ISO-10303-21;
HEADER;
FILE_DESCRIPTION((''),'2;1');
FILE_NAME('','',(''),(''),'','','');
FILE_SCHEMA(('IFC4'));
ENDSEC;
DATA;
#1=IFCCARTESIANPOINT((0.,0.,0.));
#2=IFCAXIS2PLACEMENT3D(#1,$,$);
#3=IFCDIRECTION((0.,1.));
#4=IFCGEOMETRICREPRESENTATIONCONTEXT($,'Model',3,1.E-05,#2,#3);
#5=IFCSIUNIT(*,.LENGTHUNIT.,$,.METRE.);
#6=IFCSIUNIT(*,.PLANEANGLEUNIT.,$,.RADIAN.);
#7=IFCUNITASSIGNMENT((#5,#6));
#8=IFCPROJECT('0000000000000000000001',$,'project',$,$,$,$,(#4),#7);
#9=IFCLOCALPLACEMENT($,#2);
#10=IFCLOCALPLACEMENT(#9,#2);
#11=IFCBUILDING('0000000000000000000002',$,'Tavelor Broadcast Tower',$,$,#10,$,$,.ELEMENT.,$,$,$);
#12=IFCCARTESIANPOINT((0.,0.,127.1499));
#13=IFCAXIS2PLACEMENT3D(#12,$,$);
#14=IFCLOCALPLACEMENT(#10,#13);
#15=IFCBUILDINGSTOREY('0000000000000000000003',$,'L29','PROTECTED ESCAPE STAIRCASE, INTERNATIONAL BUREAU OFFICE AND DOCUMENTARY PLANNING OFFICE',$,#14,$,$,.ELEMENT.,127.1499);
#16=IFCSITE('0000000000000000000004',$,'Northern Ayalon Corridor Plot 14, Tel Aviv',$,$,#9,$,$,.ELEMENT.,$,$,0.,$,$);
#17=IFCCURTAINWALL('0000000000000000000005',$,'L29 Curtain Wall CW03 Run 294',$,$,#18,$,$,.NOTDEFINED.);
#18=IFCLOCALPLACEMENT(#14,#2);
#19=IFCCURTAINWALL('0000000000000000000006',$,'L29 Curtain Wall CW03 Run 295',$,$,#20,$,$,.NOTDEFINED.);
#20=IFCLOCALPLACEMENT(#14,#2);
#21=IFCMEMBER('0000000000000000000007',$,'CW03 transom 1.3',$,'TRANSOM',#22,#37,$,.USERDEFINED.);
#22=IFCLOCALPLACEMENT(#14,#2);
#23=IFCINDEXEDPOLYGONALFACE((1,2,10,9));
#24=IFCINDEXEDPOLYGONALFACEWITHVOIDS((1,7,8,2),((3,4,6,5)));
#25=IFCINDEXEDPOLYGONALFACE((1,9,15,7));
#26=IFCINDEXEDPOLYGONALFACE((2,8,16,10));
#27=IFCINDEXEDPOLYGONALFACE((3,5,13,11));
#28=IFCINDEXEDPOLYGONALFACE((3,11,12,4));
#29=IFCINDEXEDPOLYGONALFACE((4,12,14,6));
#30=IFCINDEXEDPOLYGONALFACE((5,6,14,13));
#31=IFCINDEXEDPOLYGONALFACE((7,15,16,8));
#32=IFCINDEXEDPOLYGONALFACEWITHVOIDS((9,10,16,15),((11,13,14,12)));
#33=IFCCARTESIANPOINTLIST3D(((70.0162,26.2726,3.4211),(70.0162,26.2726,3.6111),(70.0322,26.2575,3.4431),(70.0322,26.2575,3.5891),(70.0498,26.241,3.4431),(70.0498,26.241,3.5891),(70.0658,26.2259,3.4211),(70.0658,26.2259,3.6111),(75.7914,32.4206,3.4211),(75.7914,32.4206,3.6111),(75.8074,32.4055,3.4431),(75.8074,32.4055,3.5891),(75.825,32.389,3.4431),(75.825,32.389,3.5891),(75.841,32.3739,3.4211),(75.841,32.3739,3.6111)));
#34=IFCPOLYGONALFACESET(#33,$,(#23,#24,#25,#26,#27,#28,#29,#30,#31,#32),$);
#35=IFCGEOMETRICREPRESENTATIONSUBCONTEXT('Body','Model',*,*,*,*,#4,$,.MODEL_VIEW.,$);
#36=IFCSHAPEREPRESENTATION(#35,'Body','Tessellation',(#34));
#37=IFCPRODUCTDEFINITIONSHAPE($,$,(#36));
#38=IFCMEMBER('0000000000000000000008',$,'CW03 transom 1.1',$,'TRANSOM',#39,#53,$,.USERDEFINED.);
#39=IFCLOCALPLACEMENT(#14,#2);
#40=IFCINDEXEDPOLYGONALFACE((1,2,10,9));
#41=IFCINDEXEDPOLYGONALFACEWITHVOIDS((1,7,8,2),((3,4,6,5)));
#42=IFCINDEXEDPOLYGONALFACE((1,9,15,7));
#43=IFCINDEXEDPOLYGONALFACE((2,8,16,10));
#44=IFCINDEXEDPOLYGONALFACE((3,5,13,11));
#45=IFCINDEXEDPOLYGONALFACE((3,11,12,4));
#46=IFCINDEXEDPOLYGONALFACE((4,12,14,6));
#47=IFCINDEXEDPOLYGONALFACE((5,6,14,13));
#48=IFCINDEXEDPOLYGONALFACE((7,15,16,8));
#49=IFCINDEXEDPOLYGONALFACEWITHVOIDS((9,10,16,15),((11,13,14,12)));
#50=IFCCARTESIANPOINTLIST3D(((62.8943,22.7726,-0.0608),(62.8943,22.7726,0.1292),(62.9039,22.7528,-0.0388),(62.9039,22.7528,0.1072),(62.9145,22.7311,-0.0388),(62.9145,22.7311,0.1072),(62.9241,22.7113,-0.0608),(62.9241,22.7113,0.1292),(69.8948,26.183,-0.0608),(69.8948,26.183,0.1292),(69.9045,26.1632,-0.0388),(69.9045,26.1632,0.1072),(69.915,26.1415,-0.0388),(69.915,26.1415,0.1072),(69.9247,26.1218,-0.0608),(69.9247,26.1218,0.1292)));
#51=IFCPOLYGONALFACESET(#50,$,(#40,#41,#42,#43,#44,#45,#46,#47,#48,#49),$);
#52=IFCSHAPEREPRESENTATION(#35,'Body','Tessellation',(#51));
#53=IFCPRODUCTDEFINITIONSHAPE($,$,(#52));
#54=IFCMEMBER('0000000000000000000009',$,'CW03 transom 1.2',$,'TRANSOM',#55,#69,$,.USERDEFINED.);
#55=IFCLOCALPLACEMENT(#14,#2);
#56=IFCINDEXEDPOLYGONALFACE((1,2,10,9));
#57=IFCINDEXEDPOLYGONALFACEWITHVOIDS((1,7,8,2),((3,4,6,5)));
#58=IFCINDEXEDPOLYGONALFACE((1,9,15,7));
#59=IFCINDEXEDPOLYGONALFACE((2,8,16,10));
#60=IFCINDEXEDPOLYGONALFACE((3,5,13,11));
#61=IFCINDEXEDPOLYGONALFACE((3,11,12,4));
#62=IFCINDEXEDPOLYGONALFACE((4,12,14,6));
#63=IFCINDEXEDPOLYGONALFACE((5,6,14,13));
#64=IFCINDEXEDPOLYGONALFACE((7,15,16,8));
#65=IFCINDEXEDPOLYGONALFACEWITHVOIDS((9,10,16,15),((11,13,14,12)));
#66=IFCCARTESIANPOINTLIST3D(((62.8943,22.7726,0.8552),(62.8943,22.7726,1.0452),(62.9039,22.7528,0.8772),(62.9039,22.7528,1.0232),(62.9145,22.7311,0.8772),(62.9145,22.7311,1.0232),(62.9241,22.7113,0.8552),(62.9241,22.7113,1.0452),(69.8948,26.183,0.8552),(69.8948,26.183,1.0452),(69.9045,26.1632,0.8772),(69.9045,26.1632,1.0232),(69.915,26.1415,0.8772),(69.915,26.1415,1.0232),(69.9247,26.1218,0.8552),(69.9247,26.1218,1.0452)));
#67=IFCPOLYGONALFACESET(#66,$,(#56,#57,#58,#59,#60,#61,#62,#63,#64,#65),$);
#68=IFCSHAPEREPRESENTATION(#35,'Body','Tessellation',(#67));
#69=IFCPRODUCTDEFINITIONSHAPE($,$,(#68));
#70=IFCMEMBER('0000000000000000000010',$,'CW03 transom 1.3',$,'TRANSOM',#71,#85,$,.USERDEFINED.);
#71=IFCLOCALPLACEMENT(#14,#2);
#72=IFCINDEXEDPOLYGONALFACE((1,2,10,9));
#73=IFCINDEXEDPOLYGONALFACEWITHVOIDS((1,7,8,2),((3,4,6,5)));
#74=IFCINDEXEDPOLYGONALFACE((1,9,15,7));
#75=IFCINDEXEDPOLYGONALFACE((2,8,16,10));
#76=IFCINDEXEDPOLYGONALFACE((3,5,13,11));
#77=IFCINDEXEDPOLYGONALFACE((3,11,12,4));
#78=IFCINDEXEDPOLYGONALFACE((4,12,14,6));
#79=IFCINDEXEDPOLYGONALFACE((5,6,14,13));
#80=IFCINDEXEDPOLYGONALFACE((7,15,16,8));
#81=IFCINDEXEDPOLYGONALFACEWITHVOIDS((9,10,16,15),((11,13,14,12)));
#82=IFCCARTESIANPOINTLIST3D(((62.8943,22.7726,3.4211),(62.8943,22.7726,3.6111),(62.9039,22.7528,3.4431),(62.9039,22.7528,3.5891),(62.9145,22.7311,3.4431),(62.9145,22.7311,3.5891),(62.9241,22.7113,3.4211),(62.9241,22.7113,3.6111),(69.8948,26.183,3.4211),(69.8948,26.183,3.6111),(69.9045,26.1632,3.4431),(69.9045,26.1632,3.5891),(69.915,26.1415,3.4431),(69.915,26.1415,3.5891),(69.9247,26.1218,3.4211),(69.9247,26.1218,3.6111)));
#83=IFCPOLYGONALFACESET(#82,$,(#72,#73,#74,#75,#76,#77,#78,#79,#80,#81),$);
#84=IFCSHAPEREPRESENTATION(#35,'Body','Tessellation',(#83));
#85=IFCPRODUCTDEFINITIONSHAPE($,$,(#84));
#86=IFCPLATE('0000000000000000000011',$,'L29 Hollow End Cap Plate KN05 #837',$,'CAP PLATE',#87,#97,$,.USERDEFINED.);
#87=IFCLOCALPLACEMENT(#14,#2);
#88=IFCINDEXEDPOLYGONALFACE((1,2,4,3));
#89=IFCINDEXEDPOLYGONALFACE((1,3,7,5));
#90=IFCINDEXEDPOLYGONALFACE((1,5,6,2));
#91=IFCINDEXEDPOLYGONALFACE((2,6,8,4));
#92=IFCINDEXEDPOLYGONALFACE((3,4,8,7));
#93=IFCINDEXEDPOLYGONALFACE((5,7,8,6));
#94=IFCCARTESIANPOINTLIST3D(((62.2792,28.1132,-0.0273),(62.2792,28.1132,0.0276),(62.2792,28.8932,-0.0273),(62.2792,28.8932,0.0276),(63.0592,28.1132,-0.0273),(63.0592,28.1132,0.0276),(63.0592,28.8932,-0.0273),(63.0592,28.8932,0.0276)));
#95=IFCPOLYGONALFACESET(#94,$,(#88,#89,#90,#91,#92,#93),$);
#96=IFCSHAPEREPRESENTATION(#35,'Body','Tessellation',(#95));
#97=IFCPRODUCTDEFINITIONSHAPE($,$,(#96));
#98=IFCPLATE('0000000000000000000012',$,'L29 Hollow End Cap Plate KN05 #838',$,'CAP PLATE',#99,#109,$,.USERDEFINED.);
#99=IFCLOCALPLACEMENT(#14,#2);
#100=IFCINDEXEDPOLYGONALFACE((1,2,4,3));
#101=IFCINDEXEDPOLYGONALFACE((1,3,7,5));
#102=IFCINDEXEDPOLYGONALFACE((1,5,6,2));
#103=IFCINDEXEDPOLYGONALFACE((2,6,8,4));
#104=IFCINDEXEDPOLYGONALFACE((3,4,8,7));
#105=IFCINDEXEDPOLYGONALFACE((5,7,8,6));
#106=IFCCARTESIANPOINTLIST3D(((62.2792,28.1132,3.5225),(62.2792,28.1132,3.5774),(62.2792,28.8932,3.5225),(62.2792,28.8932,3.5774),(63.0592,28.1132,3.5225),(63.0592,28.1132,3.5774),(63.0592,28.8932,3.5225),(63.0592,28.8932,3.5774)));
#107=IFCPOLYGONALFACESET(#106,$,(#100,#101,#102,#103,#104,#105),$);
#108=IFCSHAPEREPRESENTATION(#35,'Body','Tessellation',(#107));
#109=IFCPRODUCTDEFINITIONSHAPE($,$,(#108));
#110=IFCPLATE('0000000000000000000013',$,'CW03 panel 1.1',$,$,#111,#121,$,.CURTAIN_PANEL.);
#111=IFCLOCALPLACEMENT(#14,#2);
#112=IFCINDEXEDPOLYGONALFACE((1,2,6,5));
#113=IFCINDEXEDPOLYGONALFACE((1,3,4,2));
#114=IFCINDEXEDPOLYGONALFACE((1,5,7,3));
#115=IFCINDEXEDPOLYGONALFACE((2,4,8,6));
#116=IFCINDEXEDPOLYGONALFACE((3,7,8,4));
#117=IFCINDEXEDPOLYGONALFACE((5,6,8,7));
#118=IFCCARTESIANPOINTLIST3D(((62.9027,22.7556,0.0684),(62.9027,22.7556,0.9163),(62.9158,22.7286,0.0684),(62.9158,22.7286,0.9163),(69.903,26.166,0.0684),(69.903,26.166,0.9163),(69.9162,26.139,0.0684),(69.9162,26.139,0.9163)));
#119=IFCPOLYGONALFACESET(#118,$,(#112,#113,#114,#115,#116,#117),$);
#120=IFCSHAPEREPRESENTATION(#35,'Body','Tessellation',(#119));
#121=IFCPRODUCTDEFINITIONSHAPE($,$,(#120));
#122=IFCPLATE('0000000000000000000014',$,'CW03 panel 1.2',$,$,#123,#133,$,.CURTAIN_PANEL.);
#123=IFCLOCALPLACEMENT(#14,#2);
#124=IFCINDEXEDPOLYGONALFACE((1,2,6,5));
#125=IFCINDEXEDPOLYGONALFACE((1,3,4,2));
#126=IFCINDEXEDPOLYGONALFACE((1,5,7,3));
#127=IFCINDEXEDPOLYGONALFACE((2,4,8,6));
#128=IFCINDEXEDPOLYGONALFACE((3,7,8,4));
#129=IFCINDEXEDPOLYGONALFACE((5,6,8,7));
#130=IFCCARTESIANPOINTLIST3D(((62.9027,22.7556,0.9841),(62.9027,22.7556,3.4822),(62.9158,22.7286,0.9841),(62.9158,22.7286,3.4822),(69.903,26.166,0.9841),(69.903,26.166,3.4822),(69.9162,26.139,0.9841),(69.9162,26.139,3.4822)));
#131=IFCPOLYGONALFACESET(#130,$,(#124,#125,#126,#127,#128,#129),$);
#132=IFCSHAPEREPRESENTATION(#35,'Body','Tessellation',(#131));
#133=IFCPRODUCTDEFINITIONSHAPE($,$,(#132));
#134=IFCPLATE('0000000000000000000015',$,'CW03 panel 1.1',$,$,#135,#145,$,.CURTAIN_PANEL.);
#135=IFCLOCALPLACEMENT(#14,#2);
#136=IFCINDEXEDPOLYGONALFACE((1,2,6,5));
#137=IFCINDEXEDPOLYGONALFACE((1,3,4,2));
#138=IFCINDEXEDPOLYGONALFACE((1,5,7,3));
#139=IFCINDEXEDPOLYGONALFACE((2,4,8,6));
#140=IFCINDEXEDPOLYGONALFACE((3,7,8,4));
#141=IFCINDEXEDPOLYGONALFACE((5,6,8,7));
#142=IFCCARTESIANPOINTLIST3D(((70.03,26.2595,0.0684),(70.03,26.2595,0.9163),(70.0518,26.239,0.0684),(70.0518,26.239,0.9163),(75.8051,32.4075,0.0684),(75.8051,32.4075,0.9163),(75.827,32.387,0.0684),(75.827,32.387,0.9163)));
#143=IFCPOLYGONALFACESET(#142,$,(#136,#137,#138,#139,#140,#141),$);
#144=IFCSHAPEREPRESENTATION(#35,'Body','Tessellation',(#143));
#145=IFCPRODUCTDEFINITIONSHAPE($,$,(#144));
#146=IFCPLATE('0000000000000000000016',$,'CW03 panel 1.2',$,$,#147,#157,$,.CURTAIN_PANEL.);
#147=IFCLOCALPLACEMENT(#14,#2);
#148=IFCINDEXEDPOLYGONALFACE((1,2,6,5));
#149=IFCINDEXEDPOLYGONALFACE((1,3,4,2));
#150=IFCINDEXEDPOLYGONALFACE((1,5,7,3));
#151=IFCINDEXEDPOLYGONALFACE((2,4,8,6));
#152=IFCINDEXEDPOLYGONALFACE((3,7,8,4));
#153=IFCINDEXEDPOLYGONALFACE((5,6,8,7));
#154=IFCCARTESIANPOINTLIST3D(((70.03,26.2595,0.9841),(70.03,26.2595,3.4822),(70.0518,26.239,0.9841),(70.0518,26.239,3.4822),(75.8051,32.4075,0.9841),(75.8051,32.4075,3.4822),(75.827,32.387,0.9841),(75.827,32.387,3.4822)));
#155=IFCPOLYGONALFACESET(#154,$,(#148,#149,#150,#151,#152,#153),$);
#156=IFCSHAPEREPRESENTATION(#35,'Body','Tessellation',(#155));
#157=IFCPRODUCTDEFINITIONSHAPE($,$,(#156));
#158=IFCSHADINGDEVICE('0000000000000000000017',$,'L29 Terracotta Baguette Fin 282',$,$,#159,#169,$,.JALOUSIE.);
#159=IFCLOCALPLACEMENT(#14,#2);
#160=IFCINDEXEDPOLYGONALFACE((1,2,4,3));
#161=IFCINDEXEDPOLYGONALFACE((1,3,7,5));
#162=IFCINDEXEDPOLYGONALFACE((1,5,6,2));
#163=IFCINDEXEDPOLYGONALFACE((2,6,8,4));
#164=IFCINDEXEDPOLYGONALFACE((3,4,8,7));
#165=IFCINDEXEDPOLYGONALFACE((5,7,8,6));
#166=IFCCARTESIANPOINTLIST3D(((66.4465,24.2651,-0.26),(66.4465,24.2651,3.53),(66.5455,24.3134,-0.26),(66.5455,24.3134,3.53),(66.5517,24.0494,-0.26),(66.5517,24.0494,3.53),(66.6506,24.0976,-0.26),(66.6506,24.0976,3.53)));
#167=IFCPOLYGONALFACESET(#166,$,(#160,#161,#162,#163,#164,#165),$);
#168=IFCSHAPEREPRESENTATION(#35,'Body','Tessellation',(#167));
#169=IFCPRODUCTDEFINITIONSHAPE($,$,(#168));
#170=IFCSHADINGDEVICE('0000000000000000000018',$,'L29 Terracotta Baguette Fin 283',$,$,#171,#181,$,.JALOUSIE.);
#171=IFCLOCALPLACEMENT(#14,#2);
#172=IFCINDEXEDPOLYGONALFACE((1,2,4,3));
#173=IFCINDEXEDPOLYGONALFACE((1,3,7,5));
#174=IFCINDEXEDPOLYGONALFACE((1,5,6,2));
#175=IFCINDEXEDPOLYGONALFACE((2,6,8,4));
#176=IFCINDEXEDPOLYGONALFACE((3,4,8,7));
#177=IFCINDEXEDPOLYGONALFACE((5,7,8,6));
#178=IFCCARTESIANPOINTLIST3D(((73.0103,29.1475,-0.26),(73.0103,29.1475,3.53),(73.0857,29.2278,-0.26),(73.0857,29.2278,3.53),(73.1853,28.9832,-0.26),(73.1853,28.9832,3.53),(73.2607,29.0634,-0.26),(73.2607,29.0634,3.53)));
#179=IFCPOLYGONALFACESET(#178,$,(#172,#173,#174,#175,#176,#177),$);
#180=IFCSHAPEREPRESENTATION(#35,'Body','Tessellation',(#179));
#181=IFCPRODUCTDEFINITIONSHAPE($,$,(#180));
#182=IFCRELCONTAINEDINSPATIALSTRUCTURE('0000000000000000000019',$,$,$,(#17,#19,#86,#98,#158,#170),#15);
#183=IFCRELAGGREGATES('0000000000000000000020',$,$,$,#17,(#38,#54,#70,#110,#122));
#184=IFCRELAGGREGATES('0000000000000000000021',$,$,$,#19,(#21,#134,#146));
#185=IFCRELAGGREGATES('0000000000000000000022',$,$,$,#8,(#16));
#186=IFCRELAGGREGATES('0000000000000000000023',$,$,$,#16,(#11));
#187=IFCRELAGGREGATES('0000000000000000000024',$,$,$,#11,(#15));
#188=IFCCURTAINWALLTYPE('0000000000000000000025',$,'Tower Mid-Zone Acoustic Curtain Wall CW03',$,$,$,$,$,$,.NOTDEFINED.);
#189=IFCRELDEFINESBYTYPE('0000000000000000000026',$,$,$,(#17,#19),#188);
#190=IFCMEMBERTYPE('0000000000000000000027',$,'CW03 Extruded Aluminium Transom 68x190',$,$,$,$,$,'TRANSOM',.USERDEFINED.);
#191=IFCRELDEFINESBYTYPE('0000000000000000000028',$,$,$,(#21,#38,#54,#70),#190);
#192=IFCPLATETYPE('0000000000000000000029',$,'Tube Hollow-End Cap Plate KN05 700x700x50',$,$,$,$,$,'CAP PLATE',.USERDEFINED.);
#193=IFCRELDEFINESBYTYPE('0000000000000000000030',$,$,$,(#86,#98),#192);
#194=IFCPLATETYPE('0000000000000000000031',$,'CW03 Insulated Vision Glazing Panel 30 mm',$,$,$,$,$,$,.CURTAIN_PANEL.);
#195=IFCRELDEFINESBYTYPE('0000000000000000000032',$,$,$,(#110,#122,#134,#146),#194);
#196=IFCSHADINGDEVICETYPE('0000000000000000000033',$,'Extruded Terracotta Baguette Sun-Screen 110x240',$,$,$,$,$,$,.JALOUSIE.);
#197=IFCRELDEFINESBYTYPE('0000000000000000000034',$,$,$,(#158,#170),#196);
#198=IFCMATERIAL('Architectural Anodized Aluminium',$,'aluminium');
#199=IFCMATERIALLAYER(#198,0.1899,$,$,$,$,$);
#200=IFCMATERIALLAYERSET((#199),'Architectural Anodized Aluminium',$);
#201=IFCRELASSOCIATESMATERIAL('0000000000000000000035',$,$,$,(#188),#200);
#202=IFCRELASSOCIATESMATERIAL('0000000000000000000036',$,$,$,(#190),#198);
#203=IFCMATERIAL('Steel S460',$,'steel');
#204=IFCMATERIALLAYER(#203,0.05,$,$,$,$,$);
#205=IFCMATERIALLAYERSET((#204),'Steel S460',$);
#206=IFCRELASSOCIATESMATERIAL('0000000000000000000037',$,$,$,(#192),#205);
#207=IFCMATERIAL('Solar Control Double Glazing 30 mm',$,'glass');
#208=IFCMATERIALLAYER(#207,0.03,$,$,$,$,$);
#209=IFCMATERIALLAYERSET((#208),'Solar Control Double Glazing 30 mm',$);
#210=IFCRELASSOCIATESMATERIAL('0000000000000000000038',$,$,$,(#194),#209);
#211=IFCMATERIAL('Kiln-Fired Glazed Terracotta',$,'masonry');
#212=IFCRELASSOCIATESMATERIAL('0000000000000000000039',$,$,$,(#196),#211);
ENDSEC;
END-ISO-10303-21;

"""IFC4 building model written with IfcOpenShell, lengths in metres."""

from ifc_helpers import new_model, si_unit, direction, frame, origin, origin_2d, place, context, subcontext, project, spatial, rectangle, hollow_rectangle, extrude, source, transform, mapped, material, layer, layer_set, material_profile, profile_set, type_object, type_shapes, element, aggregate, save


model = new_model("IFC4")

# Units and contexts
model_context = context("Model", 3, precision=1e-05, world=origin(), true_north=direction((0.0, 1.0)))
body_context = subcontext(model_context, "Body", "Model", "MODEL_VIEW")
ifc_project = project(units=[si_unit("LENGTHUNIT", "METRE"), si_unit("PLANEANGLEUNIT", "RADIAN")], contexts=[model_context])

# Site, building, storey
site_placement = place(None, origin())
site = spatial("IfcSite", under=ifc_project, at=site_placement, Name="Northern Ayalon Corridor Plot 14, Tel Aviv", CompositionType="ELEMENT", RefElevation=0.0)
building_placement = place(site_placement, origin())
building = spatial("IfcBuilding", under=site, at=building_placement, Name="Tavelor Broadcast Tower", CompositionType="ELEMENT")
storey_placement = place(building_placement, frame((0.0, 0.0, 127.1499)))
storey = spatial("IfcBuildingStorey", under=building, at=storey_placement, Name="L29", Description="PROTECTED ESCAPE STAIRCASE, INTERNATIONAL BUREAU OFFICE AND DOCUMENTARY PLANNING OFFICE", CompositionType="ELEMENT", Elevation=127.1499)

# Shared definitions
ifc_material_1 = material(Name="Architectural Anodized Aluminium", Category="aluminium")
ifc_layer_1 = layer(ifc_material_1, 0.1899)
ifc_layer_set_1 = layer_set([ifc_layer_1], Name="Architectural Anodized Aluminium")
curtain_wall_type = type_object("IfcCurtainWallType", Name="Tower Mid-Zone Acoustic Curtain Wall CW03", PredefinedType="NOTDEFINED", material=ifc_layer_set_1)

# Curtain walls
curtain_wall_1_placement = place(storey_placement, origin())
curtain_wall_1 = element("IfcCurtainWall", 1, at=curtain_wall_1_placement, inside=storey, type_object=curtain_wall_type, Name="L29 Curtain Wall CW03 Run 294", PredefinedType="NOTDEFINED")
curtain_wall_2_placement = place(storey_placement, origin())
curtain_wall_2 = element("IfcCurtainWall", 2, at=curtain_wall_2_placement, inside=storey, type_object=curtain_wall_type, Name="L29 Curtain Wall CW03 Run 295", PredefinedType="NOTDEFINED")
ifc_material_profile_1 = material_profile(ifc_material_1, hollow_rectangle(XDim=0.0681, YDim=0.1899, WallThickness=0.022, at=origin_2d()), Name="RHS 68x190x22")
ifc_profile_set_1 = profile_set([ifc_material_profile_1], Name="Architectural Anodized Aluminium")
member_type_1 = type_object("IfcMemberType", Name="CW03 Extruded Aluminium Transom 68x190", ElementType="TRANSOM", PredefinedType="USERDEFINED", material=ifc_profile_set_1)

# Members
shared_shape_1 = source(origin(), body_context, "Body", "SweptSolid", [
    extrude(hollow_rectangle(XDim=0.0681, YDim=0.1899, WallThickness=0.022, at=origin_2d()), origin(), (0.0, 0.0, 1.0), 8.4351),
])
member_1_placement = place(storey_placement, frame((70.041, 26.2493, 3.5161), z_axis=(0.684663, 0.72886, 0.0), x_axis=(-0.72886, 0.684663, 0.0)))
member_1 = element("IfcMember", 3, at=member_1_placement, type_object=member_type_1, Name="CW03 transom 1.3", ObjectType="TRANSOM", PredefinedType="USERDEFINED", context=body_context, shape_type="MappedRepresentation", body=[
    mapped(shared_shape_1, transform((0.0, 0.0, 0.0), scale=1.0)),
])
shared_shape_2 = source(origin(), body_context, "Body", "SweptSolid", [
    extrude(hollow_rectangle(XDim=0.0681, YDim=0.1899, WallThickness=0.022, at=origin_2d()), origin(), (0.0, 0.0, 1.0), 7.7871),
])
member_2_placement = place(storey_placement, frame((62.9092, 22.7419, 0.0342), z_axis=(0.898995, 0.43796, 0.0), x_axis=(-0.43796, 0.898995, 0.0)))
member_2 = element("IfcMember", 4, at=member_2_placement, type_object=member_type_1, Name="CW03 transom 1.1", ObjectType="TRANSOM", PredefinedType="USERDEFINED", context=body_context, shape_type="MappedRepresentation", body=[
    mapped(shared_shape_2, transform((0.0, 0.0, 0.0), scale=1.0)),
])
member_3_placement = place(storey_placement, frame((62.9092, 22.7419, 0.9502), z_axis=(0.898995, 0.43796, 0.0), x_axis=(-0.43796, 0.898995, 0.0)))
member_3 = element("IfcMember", 5, at=member_3_placement, type_object=member_type_1, Name="CW03 transom 1.2", ObjectType="TRANSOM", PredefinedType="USERDEFINED", context=body_context, shape_type="MappedRepresentation", body=[
    mapped(shared_shape_2, transform((0.0, 0.0, 0.0), scale=1.0)),
])
member_4_placement = place(storey_placement, frame((62.9092, 22.7419, 3.5161), z_axis=(0.898995, 0.43796, 0.0), x_axis=(-0.43796, 0.898995, 0.0)))
member_4 = element("IfcMember", 6, at=member_4_placement, type_object=member_type_1, Name="CW03 transom 1.3", ObjectType="TRANSOM", PredefinedType="USERDEFINED", context=body_context, shape_type="MappedRepresentation", body=[
    mapped(shared_shape_2, transform((0.0, 0.0, 0.0), scale=1.0)),
])

# Plates
ifc_material_2 = material(Name="Steel S460", Category="steel")
ifc_layer_2 = layer(ifc_material_2, 0.05)
ifc_layer_set_2 = layer_set([ifc_layer_2], Name="Steel S460")
plate_type_1 = type_object("IfcPlateType", Name="Tube Hollow-End Cap Plate KN05 700x700x50", ElementType="CAP PLATE", PredefinedType="USERDEFINED", material=ifc_layer_set_2)
shared_shape_3 = source(origin(), body_context, "Body", "SweptSolid", [
    extrude(rectangle(XDim=0.78, YDim=0.78, at=origin_2d()), origin(), (0.0, 0.0, 1.0), 0.0549),
])
type_shapes(plate_type_1, [shared_shape_3])
for number, where, z_axis, x_axis, name in (
    (7, (62.6692, 28.5032, -0.0273), (0.0, 0.0, 1.0), (1.0, 0.0, 0.0), "L29 Hollow End Cap Plate KN05 #837"),
    (8, (62.6692, 28.5032, 3.5225), (0.0, 0.0, 1.0), (1.0, 0.0, 0.0), "L29 Hollow End Cap Plate KN05 #838"),
):
    element("IfcPlate", number, at=place(storey_placement, frame(where, z_axis=z_axis, x_axis=x_axis)), inside=storey, type_object=plate_type_1, Name=name, ObjectType="CAP PLATE", PredefinedType="USERDEFINED", context=body_context, shape_type="MappedRepresentation", body=[
        mapped(shared_shape_3, transform((0.0, 0.0, 0.0), scale=1.0)),
    ])

# Plates
ifc_material_3 = material(Name="Solar Control Double Glazing 30 mm", Category="glass")
ifc_layer_3 = layer(ifc_material_3, 0.03)
ifc_layer_set_3 = layer_set([ifc_layer_3], Name="Solar Control Double Glazing 30 mm")
plate_type_2 = type_object("IfcPlateType", Name="CW03 Insulated Vision Glazing Panel 30 mm", PredefinedType="CURTAIN_PANEL", material=ifc_layer_set_3)
shared_shape_4 = source(origin(), body_context, "Body", "SweptSolid", [
    extrude(rectangle(XDim=7.7869, YDim=0.03, at=origin_2d()), origin(), (0.0, 0.0, 1.0), 0.8479),
])
plate_1_placement = place(storey_placement, frame((66.4094, 24.4473, 0.0684), z_axis=(0.0, 0.0, 1.0), x_axis=(0.898989, 0.437971, 0.0)))
plate_1 = element("IfcPlate", 9, at=plate_1_placement, type_object=plate_type_2, Name="CW03 panel 1.1", PredefinedType="CURTAIN_PANEL", context=body_context, shape_type="MappedRepresentation", body=[
    mapped(shared_shape_4, transform((0.0, 0.0, 0.0), scale=1.0)),
])
shared_shape_5 = source(origin(), body_context, "Body", "SweptSolid", [
    extrude(rectangle(XDim=7.7869, YDim=0.03, at=origin_2d()), origin(), (0.0, 0.0, 1.0), 2.498),
])
plate_2_placement = place(storey_placement, frame((66.4094, 24.4473, 0.9841), z_axis=(0.0, 0.0, 1.0), x_axis=(0.898989, 0.437971, 0.0)))
plate_2 = element("IfcPlate", 10, at=plate_2_placement, type_object=plate_type_2, Name="CW03 panel 1.2", PredefinedType="CURTAIN_PANEL", context=body_context, shape_type="MappedRepresentation", body=[
    mapped(shared_shape_5, transform((0.0, 0.0, 0.0), scale=1.0)),
])
aggregate(curtain_wall_1, [member_2, member_3, member_4, plate_1, plate_2])
shared_shape_6 = source(origin(), body_context, "Body", "SweptSolid", [
    extrude(rectangle(XDim=8.4351, YDim=0.03, at=origin_2d()), origin(), (0.0, 0.0, 1.0), 0.8479),
])
plate_3_placement = place(storey_placement, frame((72.9285, 29.3232, 0.0684), z_axis=(0.0, 0.0, 1.0), x_axis=(0.684658, 0.728865, 0.0)))
plate_3 = element("IfcPlate", 11, at=plate_3_placement, type_object=plate_type_2, Name="CW03 panel 1.1", PredefinedType="CURTAIN_PANEL", context=body_context, shape_type="MappedRepresentation", body=[
    mapped(shared_shape_6, transform((0.0, 0.0, 0.0), scale=1.0)),
])
shared_shape_7 = source(origin(), body_context, "Body", "SweptSolid", [
    extrude(rectangle(XDim=8.4351, YDim=0.03, at=origin_2d()), origin(), (0.0, 0.0, 1.0), 2.498),
])
type_shapes(plate_type_2, [shared_shape_4, shared_shape_5, shared_shape_6, shared_shape_7])
plate_4_placement = place(storey_placement, frame((72.9285, 29.3232, 0.9841), z_axis=(0.0, 0.0, 1.0), x_axis=(0.684658, 0.728865, 0.0)))
plate_4 = element("IfcPlate", 12, at=plate_4_placement, type_object=plate_type_2, Name="CW03 panel 1.2", PredefinedType="CURTAIN_PANEL", context=body_context, shape_type="MappedRepresentation", body=[
    mapped(shared_shape_7, transform((0.0, 0.0, 0.0), scale=1.0)),
])
aggregate(curtain_wall_2, [member_1, plate_3, plate_4])

# Shading devices
ifc_material_4 = material(Name="Kiln-Fired Glazed Terracotta", Category="masonry")
shading_device_type = type_object("IfcShadingDeviceType", Name="Extruded Terracotta Baguette Sun-Screen 110x240", PredefinedType="JALOUSIE", material=ifc_material_4)
shared_shape_8 = source(origin(), body_context, "Body", "SweptSolid", [
    extrude(rectangle(XDim=0.1101, YDim=0.24, at=origin_2d()), origin(), (0.0, 0.0, 1.0), 3.79),
])
type_shapes(shading_device_type, [shared_shape_8])
for number, where, z_axis, x_axis, name in (
    (13, (66.5486, 24.1814, -0.26), (0.0, 0.0, 1.0), (0.898947, 0.438057, 0.0), "L29 Terracotta Baguette Fin 282"),
    (14, (73.1355, 29.1055, -0.26), (0.0, 0.0, 1.0), (0.684674, 0.728849, 0.0), "L29 Terracotta Baguette Fin 283"),
):
    element("IfcShadingDevice", number, at=place(storey_placement, frame(where, z_axis=z_axis, x_axis=x_axis)), inside=storey, type_object=shading_device_type, Name=name, PredefinedType="JALOUSIE", context=body_context, shape_type="MappedRepresentation", body=[
        mapped(shared_shape_8, transform((0.0, 0.0, 0.0), scale=1.0)),
    ])

save(model, "model.ifc")
